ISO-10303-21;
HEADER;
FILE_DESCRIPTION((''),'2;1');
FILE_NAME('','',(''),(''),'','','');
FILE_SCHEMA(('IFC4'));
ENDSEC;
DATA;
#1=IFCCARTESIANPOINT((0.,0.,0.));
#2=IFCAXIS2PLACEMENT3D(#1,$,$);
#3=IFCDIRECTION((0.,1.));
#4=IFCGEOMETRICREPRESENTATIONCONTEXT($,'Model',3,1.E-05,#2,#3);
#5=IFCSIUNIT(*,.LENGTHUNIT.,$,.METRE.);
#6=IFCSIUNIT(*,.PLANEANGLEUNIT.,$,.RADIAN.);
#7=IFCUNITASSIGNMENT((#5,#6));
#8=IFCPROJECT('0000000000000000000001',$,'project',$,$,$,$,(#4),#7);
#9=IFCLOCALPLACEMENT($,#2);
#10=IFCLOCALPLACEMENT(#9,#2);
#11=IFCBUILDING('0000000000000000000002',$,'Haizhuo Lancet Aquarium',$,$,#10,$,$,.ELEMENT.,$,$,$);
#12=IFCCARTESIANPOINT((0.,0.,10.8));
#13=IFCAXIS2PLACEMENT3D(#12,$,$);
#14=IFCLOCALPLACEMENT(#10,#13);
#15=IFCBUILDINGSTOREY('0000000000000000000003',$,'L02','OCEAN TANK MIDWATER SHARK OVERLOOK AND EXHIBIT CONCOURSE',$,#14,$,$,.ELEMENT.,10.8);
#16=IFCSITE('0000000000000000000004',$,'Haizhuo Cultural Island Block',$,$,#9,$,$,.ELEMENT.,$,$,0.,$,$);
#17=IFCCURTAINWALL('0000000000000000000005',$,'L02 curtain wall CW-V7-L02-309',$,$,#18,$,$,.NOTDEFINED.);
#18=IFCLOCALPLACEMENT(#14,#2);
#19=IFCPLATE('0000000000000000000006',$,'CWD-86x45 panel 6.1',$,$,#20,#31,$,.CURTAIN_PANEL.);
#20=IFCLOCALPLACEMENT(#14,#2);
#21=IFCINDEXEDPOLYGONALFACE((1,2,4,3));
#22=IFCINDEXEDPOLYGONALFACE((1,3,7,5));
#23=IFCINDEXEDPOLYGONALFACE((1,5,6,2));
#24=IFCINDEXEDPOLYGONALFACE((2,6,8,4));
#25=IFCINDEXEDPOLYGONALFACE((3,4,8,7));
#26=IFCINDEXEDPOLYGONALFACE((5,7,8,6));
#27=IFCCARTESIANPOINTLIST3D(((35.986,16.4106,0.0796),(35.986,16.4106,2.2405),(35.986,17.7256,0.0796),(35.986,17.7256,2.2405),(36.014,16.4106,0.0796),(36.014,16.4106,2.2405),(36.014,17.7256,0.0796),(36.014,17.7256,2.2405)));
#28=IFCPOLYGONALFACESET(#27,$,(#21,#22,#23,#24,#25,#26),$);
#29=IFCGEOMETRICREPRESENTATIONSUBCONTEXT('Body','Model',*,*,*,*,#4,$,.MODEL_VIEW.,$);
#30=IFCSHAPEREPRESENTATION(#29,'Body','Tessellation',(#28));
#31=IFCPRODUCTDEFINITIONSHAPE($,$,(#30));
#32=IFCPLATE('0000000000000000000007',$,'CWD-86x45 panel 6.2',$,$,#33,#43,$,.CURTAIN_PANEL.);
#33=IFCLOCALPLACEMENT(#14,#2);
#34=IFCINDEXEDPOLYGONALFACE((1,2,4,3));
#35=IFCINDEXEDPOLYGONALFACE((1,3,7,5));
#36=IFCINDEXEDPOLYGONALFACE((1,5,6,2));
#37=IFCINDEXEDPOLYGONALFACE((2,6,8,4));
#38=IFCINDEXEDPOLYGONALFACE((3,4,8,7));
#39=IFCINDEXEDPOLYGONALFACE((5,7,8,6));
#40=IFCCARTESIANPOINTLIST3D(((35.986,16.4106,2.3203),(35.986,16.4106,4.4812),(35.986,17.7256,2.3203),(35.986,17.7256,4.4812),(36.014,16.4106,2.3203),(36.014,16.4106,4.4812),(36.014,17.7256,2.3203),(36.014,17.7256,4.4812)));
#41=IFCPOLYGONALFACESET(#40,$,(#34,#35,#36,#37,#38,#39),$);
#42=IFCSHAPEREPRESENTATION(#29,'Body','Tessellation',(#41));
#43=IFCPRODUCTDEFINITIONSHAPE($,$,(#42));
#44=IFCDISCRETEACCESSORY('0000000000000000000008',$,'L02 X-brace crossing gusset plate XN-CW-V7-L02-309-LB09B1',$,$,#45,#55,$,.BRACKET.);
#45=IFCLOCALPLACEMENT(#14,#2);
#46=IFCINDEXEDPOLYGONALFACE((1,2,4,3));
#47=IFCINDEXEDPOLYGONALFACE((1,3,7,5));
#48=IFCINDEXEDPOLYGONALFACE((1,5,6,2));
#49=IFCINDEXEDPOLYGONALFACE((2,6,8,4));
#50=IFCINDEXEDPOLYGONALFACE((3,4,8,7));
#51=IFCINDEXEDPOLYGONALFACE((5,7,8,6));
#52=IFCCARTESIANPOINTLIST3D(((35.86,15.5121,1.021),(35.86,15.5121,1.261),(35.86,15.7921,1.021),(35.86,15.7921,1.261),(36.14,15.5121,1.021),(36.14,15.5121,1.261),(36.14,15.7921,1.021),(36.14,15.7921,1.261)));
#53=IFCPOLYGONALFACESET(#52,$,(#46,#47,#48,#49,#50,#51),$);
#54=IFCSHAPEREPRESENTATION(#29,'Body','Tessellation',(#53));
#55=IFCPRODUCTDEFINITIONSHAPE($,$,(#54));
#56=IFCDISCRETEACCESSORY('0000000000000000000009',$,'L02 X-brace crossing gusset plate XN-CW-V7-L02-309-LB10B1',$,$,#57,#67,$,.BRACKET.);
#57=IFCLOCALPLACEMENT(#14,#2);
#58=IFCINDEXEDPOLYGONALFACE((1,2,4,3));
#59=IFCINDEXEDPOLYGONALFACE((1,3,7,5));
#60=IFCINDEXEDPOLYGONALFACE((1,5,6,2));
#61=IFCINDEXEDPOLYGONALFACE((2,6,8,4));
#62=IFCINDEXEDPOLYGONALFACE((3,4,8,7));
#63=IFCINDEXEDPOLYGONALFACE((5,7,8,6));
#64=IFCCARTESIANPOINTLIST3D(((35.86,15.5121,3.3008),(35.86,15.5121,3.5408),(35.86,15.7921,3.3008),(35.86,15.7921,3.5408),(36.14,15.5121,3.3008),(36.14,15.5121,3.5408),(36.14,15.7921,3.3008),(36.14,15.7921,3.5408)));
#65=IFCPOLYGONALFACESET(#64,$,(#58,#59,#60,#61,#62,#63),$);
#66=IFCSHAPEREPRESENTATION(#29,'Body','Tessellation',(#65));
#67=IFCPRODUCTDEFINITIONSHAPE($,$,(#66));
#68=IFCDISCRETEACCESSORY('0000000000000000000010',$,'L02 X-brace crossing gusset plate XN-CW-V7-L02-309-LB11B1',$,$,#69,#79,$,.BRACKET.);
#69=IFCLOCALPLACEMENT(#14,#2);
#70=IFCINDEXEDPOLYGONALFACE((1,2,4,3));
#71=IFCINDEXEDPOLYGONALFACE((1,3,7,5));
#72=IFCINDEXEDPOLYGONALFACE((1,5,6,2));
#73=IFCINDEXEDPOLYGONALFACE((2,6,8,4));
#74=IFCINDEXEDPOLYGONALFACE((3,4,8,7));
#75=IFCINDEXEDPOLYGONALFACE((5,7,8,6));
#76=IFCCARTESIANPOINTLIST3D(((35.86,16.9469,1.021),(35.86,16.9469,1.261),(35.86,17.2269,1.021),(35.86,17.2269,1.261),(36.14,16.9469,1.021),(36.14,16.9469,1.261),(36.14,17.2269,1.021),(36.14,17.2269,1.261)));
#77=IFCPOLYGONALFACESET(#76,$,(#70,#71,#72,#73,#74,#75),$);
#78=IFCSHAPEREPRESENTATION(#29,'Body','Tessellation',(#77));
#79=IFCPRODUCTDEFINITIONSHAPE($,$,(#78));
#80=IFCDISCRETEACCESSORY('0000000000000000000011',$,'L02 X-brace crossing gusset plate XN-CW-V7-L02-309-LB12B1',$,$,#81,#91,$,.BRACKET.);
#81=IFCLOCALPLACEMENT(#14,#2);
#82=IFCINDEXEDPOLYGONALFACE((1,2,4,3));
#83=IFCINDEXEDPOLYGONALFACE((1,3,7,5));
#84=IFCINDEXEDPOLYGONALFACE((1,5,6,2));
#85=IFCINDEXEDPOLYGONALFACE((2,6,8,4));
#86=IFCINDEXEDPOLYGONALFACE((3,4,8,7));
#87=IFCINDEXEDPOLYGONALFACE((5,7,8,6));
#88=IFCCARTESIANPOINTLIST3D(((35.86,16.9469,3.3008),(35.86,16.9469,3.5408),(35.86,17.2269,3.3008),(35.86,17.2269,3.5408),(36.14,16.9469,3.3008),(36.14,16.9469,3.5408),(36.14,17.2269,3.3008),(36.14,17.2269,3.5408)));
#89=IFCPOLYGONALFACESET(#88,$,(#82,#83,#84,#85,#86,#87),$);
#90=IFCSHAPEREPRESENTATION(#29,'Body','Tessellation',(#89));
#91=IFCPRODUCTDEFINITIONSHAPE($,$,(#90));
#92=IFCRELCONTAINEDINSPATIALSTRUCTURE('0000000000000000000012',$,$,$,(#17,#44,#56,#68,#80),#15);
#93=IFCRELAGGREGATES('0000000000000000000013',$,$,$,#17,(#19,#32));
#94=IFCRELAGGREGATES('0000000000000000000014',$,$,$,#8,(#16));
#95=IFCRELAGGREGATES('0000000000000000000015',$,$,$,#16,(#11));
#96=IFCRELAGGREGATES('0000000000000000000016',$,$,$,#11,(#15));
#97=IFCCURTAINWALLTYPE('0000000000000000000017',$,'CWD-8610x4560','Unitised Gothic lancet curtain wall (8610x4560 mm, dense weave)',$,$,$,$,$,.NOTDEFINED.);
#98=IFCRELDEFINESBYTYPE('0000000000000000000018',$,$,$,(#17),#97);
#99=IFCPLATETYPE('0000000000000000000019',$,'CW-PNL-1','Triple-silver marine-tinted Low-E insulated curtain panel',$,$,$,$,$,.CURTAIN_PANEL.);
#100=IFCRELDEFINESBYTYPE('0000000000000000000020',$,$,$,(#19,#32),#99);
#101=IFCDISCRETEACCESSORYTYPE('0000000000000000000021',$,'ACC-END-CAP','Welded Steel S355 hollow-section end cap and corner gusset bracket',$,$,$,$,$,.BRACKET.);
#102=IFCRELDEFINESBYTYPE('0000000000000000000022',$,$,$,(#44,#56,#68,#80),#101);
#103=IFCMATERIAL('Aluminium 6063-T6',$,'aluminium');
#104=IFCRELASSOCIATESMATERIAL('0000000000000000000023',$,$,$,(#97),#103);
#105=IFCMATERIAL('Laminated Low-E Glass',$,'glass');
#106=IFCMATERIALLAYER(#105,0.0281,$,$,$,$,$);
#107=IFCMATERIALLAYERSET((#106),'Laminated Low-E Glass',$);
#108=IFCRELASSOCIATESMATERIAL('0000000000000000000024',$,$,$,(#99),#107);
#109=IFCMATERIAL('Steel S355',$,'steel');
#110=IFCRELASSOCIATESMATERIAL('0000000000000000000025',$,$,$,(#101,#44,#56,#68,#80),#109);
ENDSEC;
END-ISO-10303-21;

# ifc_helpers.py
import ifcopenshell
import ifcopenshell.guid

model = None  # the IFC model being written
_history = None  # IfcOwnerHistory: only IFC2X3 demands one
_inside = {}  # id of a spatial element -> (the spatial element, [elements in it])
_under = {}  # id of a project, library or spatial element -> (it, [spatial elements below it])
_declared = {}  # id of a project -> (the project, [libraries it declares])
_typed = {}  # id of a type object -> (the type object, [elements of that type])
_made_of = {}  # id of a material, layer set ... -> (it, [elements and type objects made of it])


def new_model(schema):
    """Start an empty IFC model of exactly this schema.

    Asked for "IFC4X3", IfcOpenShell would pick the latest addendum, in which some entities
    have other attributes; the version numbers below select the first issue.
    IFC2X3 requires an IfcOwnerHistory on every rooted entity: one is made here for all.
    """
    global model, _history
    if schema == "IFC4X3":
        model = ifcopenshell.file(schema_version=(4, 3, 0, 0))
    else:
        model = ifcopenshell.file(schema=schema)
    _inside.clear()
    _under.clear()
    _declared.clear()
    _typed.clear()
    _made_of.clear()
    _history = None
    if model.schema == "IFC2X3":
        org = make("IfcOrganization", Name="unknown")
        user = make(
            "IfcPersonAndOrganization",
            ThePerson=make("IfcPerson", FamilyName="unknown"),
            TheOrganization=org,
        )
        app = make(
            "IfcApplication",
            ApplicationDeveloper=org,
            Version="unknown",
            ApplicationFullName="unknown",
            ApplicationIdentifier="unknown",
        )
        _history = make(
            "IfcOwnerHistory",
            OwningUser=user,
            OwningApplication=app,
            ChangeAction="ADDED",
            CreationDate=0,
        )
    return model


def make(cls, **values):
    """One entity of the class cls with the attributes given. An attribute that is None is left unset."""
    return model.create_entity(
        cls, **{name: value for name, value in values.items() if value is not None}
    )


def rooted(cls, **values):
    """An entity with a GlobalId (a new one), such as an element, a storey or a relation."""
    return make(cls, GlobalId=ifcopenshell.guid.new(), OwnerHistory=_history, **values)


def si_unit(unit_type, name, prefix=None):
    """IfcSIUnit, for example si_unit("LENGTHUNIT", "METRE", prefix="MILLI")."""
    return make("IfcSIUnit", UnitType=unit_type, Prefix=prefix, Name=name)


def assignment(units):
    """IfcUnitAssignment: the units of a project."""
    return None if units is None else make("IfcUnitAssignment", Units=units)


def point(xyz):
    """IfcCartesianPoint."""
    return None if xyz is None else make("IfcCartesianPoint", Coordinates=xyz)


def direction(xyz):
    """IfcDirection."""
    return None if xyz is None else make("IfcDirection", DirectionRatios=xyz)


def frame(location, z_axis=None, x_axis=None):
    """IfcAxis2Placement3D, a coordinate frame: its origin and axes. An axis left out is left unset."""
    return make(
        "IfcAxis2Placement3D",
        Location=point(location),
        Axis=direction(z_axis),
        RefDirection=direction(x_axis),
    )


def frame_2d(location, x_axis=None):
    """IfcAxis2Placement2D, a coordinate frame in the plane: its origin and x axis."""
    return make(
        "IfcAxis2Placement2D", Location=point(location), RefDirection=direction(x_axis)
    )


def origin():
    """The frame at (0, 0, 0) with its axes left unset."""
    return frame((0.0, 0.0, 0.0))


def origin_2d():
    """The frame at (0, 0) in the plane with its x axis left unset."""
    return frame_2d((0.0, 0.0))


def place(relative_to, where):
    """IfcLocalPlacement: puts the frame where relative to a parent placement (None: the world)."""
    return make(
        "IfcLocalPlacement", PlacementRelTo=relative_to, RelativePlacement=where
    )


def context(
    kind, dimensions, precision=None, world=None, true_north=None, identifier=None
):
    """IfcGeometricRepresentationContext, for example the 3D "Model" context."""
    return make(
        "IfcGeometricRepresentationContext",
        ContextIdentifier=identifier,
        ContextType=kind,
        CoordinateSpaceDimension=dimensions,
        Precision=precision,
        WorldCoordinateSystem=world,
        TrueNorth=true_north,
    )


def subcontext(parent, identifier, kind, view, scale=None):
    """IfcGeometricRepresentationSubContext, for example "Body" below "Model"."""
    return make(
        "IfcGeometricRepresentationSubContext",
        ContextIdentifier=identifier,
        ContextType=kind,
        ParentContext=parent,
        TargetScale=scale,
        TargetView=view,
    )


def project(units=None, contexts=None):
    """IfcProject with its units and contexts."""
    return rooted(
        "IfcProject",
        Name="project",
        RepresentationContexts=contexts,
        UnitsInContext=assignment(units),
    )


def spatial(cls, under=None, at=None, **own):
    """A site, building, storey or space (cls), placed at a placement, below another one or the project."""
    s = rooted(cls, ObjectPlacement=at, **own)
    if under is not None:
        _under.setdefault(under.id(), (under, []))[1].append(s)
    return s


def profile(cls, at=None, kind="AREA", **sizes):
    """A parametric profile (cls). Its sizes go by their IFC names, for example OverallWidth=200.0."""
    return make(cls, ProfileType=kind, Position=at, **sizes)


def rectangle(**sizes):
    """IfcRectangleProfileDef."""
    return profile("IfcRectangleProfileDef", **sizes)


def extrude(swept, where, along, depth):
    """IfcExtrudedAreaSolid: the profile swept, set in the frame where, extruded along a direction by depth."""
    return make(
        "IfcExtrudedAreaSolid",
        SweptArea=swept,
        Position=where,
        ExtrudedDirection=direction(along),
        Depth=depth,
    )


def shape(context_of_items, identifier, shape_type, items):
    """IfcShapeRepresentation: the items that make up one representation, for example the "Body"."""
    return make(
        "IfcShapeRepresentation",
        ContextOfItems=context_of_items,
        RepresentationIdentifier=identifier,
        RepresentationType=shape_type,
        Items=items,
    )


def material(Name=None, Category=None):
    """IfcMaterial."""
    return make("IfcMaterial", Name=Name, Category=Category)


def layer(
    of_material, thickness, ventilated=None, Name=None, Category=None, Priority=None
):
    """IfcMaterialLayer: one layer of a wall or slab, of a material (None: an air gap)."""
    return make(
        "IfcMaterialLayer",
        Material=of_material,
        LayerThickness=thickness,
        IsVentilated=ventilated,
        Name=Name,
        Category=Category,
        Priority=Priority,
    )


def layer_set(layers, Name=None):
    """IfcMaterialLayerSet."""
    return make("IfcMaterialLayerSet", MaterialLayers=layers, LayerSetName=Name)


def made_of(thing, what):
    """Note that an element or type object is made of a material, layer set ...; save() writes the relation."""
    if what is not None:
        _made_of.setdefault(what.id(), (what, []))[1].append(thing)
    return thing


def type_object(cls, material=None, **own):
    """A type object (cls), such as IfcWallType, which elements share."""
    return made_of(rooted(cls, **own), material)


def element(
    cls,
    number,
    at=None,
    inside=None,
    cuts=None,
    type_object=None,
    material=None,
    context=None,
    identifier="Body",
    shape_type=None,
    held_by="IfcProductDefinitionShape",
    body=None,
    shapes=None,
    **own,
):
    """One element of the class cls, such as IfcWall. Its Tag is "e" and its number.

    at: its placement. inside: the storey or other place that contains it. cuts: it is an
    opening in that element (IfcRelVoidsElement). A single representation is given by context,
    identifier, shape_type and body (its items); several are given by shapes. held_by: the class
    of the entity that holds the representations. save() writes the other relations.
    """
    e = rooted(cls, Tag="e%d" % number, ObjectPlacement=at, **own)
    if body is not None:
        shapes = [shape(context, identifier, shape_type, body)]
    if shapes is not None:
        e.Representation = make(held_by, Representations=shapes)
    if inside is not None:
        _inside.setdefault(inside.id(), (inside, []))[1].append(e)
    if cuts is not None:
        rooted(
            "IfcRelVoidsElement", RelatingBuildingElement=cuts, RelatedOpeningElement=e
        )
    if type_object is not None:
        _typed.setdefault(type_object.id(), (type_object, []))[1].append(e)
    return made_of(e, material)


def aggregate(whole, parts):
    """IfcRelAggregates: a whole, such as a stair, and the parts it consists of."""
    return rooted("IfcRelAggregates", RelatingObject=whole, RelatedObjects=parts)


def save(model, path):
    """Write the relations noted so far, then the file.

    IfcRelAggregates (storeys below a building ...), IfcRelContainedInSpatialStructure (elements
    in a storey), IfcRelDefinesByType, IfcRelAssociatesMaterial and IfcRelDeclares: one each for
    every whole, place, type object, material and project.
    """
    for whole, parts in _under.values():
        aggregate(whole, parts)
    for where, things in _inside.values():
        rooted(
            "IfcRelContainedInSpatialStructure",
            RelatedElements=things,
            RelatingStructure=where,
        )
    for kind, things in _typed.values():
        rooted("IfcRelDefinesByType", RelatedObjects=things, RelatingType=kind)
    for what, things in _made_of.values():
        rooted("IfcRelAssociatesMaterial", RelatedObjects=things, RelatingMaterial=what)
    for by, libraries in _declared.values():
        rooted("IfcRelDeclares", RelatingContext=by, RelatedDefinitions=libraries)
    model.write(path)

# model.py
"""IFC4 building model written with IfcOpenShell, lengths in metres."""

from ifc_helpers import new_model, si_unit, direction, frame, origin, origin_2d, place, context, subcontext, project, spatial, rectangle, extrude, material, layer, layer_set, type_object, element, aggregate, save


model = new_model("IFC4")

# Units and contexts
model_context = context("Model", 3, precision=1e-05, world=origin(), true_north=direction((0.0, 1.0)))
body_context = subcontext(model_context, "Body", "Model", "MODEL_VIEW")
ifc_project = project(units=[si_unit("LENGTHUNIT", "METRE"), si_unit("PLANEANGLEUNIT", "RADIAN")], contexts=[model_context])

# Site, building, storey
site_placement = place(None, origin())
site = spatial("IfcSite", under=ifc_project, at=site_placement, Name="Haizhuo Cultural Island Block", CompositionType="ELEMENT", RefElevation=0.0)
building_placement = place(site_placement, origin())
building = spatial("IfcBuilding", under=site, at=building_placement, Name="Haizhuo Lancet Aquarium", CompositionType="ELEMENT")
storey_placement = place(building_placement, frame((0.0, 0.0, 10.8)))
storey = spatial("IfcBuildingStorey", under=building, at=storey_placement, Name="L02", Description="OCEAN TANK MIDWATER SHARK OVERLOOK AND EXHIBIT CONCOURSE", CompositionType="ELEMENT", Elevation=10.8)

# Shared definitions
ifc_material_1 = material(Name="Steel S355", Category="steel")

# Curtain wall
ifc_material_2 = material(Name="Aluminium 6063-T6", Category="aluminium")
curtain_wall_type = type_object("IfcCurtainWallType", Name="CWD-8610x4560", Description="Unitised Gothic lancet curtain wall (8610x4560 mm, dense weave)", PredefinedType="NOTDEFINED", material=ifc_material_2)
curtain_wall_placement = place(storey_placement, origin())
curtain_wall = element("IfcCurtainWall", 1, at=curtain_wall_placement, inside=storey, type_object=curtain_wall_type, Name="L02 curtain wall CW-V7-L02-309", PredefinedType="NOTDEFINED")

# Plates
ifc_material_3 = material(Name="Laminated Low-E Glass", Category="glass")
ifc_layer = layer(ifc_material_3, 0.0281)
ifc_layer_set = layer_set([ifc_layer], Name="Laminated Low-E Glass")
plate_type = type_object("IfcPlateType", Name="CW-PNL-1", Description="Triple-silver marine-tinted Low-E insulated curtain panel", PredefinedType="CURTAIN_PANEL", material=ifc_layer_set)
plate_1_placement = place(storey_placement, frame((36.0, 17.0681, 0.0796), z_axis=(0.0, 0.0, 1.0), x_axis=(0.0, 1.0, 0.0)))
plate_1 = element("IfcPlate", 2, at=plate_1_placement, type_object=plate_type, Name="CWD-86x45 panel 6.1", PredefinedType="CURTAIN_PANEL", context=body_context, shape_type="SweptSolid", body=[
    extrude(rectangle(XDim=1.3149, YDim=0.0281, at=origin_2d()), origin(), (0.0, 0.0, 1.0), 2.1609),
])
plate_2_placement = place(storey_placement, frame((36.0, 17.0681, 2.3203), z_axis=(0.0, 0.0, 1.0), x_axis=(0.0, 1.0, 0.0)))
plate_2 = element("IfcPlate", 3, at=plate_2_placement, type_object=plate_type, Name="CWD-86x45 panel 6.2", PredefinedType="CURTAIN_PANEL", context=body_context, shape_type="SweptSolid", body=[
    extrude(rectangle(XDim=1.3149, YDim=0.0281, at=origin_2d()), origin(), (0.0, 0.0, 1.0), 2.1609),
])
aggregate(curtain_wall, [plate_1, plate_2])

# Discrete accessories
discrete_accessory_type = type_object("IfcDiscreteAccessoryType", Name="ACC-END-CAP", Description="Welded Steel S355 hollow-section end cap and corner gusset bracket", PredefinedType="BRACKET", material=ifc_material_1)
for number, where, z_axis, x_axis, name in (
    (4, (36.0, 15.6521, 1.021), (0.0, 0.0, 1.0), (1.0, 0.0, 0.0), "L02 X-brace crossing gusset plate XN-CW-V7-L02-309-LB09B1"),
    (5, (36.0, 15.6521, 3.3008), (0.0, 0.0, 1.0), (1.0, 0.0, 0.0), "L02 X-brace crossing gusset plate XN-CW-V7-L02-309-LB10B1"),
    (6, (36.0, 17.0869, 1.021), (0.0, 0.0, 1.0), (1.0, 0.0, 0.0), "L02 X-brace crossing gusset plate XN-CW-V7-L02-309-LB11B1"),
    (7, (36.0, 17.0869, 3.3008), (0.0, 0.0, 1.0), (1.0, 0.0, 0.0), "L02 X-brace crossing gusset plate XN-CW-V7-L02-309-LB12B1"),
):
    element("IfcDiscreteAccessory", number, at=place(storey_placement, frame(where, z_axis=z_axis, x_axis=x_axis)), inside=storey, type_object=discrete_accessory_type, material=ifc_material_1, Name=name, PredefinedType="BRACKET", context=body_context, shape_type="SweptSolid", body=[
        extrude(rectangle(XDim=0.28, YDim=0.28, at=origin_2d()), origin(), (0.0, 0.0, 1.0), 0.24),
    ])

save(model, "model.ifc")
